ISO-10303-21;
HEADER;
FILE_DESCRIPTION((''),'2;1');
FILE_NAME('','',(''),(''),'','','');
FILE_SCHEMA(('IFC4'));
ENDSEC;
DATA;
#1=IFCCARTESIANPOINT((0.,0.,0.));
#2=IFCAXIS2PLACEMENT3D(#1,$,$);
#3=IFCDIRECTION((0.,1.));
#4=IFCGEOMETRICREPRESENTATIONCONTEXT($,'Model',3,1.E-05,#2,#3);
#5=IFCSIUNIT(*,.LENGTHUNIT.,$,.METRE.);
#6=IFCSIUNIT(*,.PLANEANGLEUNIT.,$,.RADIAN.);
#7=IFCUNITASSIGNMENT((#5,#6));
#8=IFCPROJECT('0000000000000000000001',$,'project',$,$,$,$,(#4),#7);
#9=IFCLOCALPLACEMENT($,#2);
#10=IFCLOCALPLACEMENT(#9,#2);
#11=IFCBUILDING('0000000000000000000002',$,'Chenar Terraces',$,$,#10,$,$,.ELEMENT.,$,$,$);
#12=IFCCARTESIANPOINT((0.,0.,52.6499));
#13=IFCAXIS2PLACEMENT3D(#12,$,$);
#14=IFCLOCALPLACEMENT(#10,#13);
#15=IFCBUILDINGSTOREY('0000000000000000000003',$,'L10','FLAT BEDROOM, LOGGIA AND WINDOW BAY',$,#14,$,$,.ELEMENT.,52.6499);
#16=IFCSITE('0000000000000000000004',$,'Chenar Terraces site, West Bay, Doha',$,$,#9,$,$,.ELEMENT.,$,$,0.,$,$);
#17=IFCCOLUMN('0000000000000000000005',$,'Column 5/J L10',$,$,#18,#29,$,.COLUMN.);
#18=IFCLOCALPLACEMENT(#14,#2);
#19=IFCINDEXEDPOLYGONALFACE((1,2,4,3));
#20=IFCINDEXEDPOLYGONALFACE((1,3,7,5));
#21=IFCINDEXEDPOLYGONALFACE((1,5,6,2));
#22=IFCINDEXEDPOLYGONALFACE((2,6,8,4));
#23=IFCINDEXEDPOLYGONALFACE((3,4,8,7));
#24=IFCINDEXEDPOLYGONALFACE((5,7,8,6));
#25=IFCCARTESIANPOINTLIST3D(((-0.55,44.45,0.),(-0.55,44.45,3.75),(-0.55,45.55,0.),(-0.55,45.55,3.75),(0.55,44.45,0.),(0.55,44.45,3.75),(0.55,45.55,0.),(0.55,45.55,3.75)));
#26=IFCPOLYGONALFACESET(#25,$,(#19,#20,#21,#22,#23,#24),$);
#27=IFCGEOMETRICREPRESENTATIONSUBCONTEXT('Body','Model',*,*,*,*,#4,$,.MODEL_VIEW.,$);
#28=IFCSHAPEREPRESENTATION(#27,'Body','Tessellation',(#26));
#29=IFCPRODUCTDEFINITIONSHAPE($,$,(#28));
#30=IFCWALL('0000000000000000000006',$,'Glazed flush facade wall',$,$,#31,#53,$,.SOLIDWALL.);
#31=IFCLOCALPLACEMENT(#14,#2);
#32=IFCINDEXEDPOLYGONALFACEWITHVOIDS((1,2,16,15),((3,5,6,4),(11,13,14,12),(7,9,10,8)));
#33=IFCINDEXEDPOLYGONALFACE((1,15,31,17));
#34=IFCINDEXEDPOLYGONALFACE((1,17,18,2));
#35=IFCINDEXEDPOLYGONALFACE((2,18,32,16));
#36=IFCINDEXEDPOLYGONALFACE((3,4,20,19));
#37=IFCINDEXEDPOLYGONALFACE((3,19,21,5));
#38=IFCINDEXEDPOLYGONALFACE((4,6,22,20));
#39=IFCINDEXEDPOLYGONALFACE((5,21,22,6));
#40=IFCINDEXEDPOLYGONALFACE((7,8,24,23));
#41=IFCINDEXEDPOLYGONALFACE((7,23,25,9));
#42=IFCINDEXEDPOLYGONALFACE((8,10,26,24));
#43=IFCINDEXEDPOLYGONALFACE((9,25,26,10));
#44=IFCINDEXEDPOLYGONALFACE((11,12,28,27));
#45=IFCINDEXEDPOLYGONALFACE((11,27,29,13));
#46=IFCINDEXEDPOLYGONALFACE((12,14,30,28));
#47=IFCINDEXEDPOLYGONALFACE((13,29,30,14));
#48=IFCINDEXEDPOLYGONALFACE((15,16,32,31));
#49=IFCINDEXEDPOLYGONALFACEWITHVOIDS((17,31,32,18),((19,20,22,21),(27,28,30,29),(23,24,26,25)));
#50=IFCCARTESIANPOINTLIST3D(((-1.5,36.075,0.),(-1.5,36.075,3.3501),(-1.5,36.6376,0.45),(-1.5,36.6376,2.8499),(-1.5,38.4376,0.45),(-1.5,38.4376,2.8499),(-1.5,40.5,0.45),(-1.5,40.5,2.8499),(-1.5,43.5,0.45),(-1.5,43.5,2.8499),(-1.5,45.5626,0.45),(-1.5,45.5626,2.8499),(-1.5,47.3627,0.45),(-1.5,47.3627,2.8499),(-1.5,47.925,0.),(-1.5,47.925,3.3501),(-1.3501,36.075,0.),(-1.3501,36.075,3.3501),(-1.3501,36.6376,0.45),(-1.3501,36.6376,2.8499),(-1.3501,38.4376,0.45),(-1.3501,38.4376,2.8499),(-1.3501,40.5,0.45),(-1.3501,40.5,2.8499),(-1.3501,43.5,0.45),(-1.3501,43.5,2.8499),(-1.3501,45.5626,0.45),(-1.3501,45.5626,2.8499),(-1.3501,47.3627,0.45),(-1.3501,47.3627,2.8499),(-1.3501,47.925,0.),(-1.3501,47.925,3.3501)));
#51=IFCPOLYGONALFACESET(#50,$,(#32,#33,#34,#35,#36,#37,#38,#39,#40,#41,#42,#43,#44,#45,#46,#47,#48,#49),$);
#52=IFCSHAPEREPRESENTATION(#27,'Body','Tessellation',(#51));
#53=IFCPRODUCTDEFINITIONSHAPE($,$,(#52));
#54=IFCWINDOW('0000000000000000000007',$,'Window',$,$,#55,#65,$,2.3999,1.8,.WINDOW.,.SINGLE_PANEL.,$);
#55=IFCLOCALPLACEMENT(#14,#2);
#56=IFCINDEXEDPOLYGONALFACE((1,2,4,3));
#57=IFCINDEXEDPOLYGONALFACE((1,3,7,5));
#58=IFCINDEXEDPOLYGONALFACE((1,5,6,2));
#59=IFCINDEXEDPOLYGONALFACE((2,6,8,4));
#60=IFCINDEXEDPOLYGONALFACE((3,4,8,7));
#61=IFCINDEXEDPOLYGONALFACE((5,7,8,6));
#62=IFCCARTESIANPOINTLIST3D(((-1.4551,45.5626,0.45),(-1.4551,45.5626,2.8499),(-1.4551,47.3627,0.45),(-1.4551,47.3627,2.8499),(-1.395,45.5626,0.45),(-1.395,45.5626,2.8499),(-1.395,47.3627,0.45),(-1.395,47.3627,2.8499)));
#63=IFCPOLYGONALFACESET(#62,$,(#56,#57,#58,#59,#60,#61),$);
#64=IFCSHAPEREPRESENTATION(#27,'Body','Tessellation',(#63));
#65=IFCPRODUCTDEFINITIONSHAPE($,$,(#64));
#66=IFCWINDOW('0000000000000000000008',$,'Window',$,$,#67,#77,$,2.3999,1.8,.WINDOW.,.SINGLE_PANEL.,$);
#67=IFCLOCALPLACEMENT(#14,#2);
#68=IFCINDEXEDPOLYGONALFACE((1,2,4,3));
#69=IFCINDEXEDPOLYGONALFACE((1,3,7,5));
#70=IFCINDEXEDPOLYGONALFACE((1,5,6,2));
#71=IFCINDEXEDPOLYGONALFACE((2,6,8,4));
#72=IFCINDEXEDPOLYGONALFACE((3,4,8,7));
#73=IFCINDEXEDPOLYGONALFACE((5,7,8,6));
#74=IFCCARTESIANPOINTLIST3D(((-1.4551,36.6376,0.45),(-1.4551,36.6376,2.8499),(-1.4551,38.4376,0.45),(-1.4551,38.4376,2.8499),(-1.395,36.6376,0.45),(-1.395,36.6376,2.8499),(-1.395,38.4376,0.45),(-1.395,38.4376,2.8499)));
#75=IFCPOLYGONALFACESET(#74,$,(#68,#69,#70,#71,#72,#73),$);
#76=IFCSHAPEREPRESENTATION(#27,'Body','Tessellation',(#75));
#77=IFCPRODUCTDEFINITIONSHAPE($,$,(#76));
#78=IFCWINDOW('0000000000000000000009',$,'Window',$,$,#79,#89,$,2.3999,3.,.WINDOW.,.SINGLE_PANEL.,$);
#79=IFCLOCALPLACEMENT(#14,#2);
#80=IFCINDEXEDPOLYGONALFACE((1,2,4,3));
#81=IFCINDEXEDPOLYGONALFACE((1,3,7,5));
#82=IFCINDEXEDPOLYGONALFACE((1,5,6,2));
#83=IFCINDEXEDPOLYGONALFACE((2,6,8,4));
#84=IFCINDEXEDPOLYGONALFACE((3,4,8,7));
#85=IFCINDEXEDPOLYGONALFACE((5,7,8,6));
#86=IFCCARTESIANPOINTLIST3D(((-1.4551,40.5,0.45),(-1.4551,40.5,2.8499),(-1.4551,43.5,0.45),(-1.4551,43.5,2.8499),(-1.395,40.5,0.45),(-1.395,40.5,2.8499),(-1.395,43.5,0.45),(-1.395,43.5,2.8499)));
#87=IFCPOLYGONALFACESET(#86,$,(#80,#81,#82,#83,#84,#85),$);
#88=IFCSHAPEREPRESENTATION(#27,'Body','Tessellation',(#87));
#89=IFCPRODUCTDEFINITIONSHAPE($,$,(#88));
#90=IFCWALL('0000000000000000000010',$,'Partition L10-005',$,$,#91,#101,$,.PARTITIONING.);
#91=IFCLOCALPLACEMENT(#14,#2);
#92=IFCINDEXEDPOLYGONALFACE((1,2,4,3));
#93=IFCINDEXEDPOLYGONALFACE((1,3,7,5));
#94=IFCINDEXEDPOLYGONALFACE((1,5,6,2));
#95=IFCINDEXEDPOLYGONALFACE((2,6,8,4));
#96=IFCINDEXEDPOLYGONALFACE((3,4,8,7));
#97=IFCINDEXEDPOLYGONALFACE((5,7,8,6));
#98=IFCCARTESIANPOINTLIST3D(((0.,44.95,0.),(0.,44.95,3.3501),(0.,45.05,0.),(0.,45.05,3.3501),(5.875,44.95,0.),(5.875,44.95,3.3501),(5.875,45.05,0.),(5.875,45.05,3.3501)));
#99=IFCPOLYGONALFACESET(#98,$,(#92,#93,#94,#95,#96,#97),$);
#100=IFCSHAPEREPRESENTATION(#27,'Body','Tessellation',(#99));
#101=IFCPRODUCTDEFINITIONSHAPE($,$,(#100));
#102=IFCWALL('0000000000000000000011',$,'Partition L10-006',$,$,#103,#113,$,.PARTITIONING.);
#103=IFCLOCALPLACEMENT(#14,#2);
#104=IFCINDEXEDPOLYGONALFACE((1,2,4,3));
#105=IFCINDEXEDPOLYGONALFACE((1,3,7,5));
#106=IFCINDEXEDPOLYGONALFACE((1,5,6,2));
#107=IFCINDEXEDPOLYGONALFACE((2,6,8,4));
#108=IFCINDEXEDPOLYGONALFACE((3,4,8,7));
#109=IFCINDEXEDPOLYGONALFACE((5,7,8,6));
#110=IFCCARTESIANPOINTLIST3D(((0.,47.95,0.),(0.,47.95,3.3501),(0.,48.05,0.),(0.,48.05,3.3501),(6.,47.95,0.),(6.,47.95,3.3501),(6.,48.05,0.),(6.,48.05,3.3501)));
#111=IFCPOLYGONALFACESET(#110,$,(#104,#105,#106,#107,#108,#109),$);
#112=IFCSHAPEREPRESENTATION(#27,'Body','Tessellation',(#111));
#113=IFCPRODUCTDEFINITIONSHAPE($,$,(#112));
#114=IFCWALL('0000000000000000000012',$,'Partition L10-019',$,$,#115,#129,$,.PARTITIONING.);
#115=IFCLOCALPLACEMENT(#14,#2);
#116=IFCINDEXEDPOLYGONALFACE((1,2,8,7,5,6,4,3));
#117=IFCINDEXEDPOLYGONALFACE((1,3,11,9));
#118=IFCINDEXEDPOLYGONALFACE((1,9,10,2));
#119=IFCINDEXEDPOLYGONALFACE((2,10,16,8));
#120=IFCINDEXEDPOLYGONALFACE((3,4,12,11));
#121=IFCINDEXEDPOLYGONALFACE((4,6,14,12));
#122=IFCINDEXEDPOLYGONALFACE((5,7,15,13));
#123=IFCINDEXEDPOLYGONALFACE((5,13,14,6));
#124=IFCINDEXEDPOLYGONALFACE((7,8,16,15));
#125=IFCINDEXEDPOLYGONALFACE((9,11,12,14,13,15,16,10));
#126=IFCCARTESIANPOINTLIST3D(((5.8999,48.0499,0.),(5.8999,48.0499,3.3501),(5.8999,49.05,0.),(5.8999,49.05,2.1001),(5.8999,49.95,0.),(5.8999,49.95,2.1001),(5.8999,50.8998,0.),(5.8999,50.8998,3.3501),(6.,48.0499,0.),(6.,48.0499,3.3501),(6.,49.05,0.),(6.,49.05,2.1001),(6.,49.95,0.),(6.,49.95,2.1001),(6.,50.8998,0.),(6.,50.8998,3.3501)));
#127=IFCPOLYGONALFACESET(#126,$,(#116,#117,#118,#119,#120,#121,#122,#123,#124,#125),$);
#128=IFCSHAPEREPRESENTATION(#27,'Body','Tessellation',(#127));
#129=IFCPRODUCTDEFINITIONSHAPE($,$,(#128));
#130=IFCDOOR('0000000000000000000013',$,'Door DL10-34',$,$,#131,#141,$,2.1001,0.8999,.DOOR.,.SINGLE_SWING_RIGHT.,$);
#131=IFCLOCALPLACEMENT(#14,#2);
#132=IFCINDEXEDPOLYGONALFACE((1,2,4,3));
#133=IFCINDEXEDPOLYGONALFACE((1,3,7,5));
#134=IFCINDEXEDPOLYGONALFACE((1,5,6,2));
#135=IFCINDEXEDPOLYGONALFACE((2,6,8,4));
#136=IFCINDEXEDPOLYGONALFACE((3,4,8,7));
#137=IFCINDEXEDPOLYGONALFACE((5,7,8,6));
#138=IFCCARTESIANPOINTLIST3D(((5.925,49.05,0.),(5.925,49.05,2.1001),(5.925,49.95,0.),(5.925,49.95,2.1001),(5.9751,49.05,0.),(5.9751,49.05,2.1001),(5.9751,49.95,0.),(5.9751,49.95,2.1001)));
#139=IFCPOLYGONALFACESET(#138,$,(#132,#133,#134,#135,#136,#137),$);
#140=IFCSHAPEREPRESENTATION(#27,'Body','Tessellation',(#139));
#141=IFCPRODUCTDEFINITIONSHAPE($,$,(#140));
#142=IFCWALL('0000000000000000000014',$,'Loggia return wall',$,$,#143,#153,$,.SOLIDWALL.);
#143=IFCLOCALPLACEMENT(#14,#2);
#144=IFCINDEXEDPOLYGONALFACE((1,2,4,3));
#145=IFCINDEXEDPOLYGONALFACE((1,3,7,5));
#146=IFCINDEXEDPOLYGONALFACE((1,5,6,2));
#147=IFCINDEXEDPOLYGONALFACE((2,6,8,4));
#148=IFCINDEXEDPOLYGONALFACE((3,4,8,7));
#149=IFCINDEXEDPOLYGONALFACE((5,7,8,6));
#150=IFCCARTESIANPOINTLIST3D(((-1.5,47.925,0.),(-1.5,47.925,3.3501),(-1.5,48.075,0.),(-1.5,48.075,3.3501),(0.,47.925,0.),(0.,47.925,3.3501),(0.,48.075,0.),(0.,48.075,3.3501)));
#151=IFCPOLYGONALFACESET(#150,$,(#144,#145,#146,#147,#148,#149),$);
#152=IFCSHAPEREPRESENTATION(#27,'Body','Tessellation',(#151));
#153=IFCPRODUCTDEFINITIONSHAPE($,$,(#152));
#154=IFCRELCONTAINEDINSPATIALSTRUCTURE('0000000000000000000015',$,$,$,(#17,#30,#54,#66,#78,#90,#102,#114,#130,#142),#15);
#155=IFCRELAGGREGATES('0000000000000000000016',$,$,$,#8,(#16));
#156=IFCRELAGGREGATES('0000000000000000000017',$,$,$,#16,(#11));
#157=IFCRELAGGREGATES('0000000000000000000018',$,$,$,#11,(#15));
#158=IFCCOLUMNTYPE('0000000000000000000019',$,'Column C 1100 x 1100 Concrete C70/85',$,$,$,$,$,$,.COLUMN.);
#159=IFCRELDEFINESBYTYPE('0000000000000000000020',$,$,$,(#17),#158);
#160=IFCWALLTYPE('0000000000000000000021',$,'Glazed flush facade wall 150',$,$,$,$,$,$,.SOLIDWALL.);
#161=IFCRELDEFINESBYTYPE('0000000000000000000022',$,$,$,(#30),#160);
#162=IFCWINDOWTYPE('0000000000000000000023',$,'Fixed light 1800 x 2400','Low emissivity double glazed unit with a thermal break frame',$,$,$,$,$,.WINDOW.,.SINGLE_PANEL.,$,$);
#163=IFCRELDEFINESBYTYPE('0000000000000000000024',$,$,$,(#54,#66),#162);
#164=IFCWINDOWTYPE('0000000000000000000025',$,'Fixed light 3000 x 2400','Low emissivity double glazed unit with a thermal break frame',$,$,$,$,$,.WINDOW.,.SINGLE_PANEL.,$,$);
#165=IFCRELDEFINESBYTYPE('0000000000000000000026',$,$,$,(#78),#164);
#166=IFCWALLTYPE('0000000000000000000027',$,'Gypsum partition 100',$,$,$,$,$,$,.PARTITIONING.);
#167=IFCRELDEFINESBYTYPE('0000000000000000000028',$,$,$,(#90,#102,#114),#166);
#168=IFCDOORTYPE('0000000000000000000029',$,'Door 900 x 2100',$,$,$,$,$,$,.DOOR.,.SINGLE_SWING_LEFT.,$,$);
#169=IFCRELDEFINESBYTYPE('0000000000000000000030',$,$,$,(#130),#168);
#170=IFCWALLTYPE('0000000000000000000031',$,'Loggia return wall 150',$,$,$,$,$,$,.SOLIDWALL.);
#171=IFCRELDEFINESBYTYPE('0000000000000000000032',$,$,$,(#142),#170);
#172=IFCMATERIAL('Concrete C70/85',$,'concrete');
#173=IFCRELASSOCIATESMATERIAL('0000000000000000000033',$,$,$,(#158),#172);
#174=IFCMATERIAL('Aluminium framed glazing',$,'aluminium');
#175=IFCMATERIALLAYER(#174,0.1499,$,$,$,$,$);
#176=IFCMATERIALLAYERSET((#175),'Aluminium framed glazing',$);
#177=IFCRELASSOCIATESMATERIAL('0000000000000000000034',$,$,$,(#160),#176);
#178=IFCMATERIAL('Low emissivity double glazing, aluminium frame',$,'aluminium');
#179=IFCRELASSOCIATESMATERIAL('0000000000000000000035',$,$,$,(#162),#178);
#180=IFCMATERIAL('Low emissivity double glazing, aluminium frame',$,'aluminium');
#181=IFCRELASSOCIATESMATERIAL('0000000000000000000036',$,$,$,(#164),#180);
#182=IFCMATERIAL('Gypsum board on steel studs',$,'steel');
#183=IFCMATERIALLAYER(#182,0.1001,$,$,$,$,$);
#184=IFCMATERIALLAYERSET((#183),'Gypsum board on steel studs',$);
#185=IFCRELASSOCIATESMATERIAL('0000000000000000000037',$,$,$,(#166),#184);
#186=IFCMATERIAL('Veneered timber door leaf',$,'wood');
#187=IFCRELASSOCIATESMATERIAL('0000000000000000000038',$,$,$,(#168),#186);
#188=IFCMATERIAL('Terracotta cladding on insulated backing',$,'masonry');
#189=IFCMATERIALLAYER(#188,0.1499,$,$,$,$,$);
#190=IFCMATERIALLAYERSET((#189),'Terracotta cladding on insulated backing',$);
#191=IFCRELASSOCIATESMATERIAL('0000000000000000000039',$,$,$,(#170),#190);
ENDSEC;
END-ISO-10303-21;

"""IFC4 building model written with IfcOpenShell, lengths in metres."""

from ifc_helpers import new_model, si_unit, direction, frame, frame_2d, origin, origin_2d, place, context, subcontext, project, spatial, rectangle, extrude, material, layer, layer_set, material_profile, profile_set, type_object, element, fill, save


model = new_model("IFC4")

# Units and contexts
model_context = context("Model", 3, precision=1e-05, world=origin(), true_north=direction((0.0, 1.0)))
body_context = subcontext(model_context, "Body", "Model", "MODEL_VIEW")
ifc_project = project(units=[si_unit("LENGTHUNIT", "METRE"), si_unit("PLANEANGLEUNIT", "RADIAN")], contexts=[model_context])

# Site, building, storey
site_placement = place(None, origin())
site = spatial("IfcSite", under=ifc_project, at=site_placement, Name="Chenar Terraces site, West Bay, Doha", CompositionType="ELEMENT", RefElevation=0.0)
building_placement = place(site_placement, origin())
building = spatial("IfcBuilding", under=site, at=building_placement, Name="Chenar Terraces", CompositionType="ELEMENT")
storey_placement = place(building_placement, frame((0.0, 0.0, 52.6499)))
storey = spatial("IfcBuildingStorey", under=building, at=storey_placement, Name="L10", Description="FLAT BEDROOM, LOGGIA AND WINDOW BAY", CompositionType="ELEMENT", Elevation=52.6499)

# Column
ifc_material_1 = material(Name="Concrete C70/85", Category="concrete")
ifc_material_profile = material_profile(ifc_material_1, rectangle(XDim=1.1001, YDim=1.1001, at=origin_2d()), Name="C 1100 x 1100")
ifc_profile_set = profile_set([ifc_material_profile], Name="Concrete C70/85")
column_type = type_object("IfcColumnType", Name="Column C 1100 x 1100 Concrete C70/85", PredefinedType="COLUMN", material=ifc_profile_set)
placement = place(storey_placement, frame((0.0, 45.0, 0.0), z_axis=(0.0, 0.0, 1.0), x_axis=(1.0, 0.0, 0.0)))
element("IfcColumn", 1, at=placement, inside=storey, type_object=column_type, Name="Column 5/J L10", PredefinedType="COLUMN", context=body_context, shape_type="SweptSolid", body=[
    extrude(rectangle(XDim=1.1001, YDim=1.1001, at=origin_2d()), origin(), (0.0, 0.0, 1.0), 3.75),
])

# Wall, openings, windows
ifc_material_2 = material(Name="Aluminium framed glazing", Category="aluminium")
ifc_layer_1 = layer(ifc_material_2, 0.1499)
ifc_layer_set_1 = layer_set([ifc_layer_1], Name="Aluminium framed glazing")
wall_type_1 = type_object("IfcWallType", Name="Glazed flush facade wall 150", PredefinedType="SOLIDWALL", material=ifc_layer_set_1)
wall_1_placement = place(storey_placement, frame((-1.425, 47.925, 0.0), z_axis=(0.0, 0.0, 1.0), x_axis=(0.0, -1.0, 0.0)))
wall_1 = element("IfcWall", 2, at=wall_1_placement, inside=storey, type_object=wall_type_1, Name="Glazed flush facade wall", PredefinedType="SOLIDWALL", context=body_context, shape_type="SweptSolid", body=[
    extrude(rectangle(XDim=11.8501, YDim=0.1499, at=frame_2d((5.925, 0.0))), origin(), (0.0, 0.0, 1.0), 3.3501),
])
opening_1_placement = place(wall_1_placement, frame((0.5625, 0.0, 0.45)))
opening_1 = element("IfcOpeningElement", 3, at=opening_1_placement, cuts=wall_1, PredefinedType="OPENING", context=body_context, shape_type="SweptSolid", body=[
    extrude(rectangle(XDim=1.8, YDim=2.3999, at=frame_2d((0.8999, 1.2))), frame((0.0, 0.085, 0.0), z_axis=(0.0, -1.0, 0.0), x_axis=(1.0, 0.0, 0.0)), (0.0, 0.0, 1.0), 0.1699),
])
opening_2_placement = place(wall_1_placement, frame((4.425, 0.0, 0.45)))
opening_2 = element("IfcOpeningElement", 4, at=opening_2_placement, cuts=wall_1, PredefinedType="OPENING", context=body_context, shape_type="SweptSolid", body=[
    extrude(rectangle(XDim=3.0, YDim=2.3999, at=frame_2d((1.5, 1.2))), frame((0.0, 0.085, 0.0), z_axis=(0.0, -1.0, 0.0), x_axis=(1.0, 0.0, 0.0)), (0.0, 0.0, 1.0), 0.1699),
])
opening_3_placement = place(wall_1_placement, frame((9.4875, 0.0, 0.45)))
opening_3 = element("IfcOpeningElement", 5, at=opening_3_placement, cuts=wall_1, PredefinedType="OPENING", context=body_context, shape_type="SweptSolid", body=[
    extrude(rectangle(XDim=1.8, YDim=2.3999, at=frame_2d((0.8999, 1.2))), frame((0.0, 0.085, 0.0), z_axis=(0.0, -1.0, 0.0), x_axis=(1.0, 0.0, 0.0)), (0.0, 0.0, 1.0), 0.1699),
])
ifc_material_3 = material(Name="Low emissivity double glazing, aluminium frame", Category="aluminium")
window_type_1 = type_object("IfcWindowType", Name="Fixed light 1800 x 2400", Description="Low emissivity double glazed unit with a thermal break frame", PartitioningType="SINGLE_PANEL", PredefinedType="WINDOW", material=ifc_material_3)
window_1_placement = place(opening_1_placement, origin())
window_1 = element("IfcWindow", 6, at=window_1_placement, inside=storey, type_object=window_type_1, Name="Window", OverallHeight=2.3999, OverallWidth=1.8, PartitioningType="SINGLE_PANEL", PredefinedType="WINDOW", context=body_context, shape_type="SweptSolid", body=[
    extrude(rectangle(XDim=1.8, YDim=2.3999, at=frame_2d((0.8999, 1.2))), frame((0.0, 0.03, 0.0), z_axis=(0.0, -1.0, 0.0), x_axis=(1.0, 0.0, 0.0)), (0.0, 0.0, 1.0), 0.0601),
])
fill(opening_1, window_1)
window_2_placement = place(opening_3_placement, origin())
window_2 = element("IfcWindow", 7, at=window_2_placement, inside=storey, type_object=window_type_1, Name="Window", OverallHeight=2.3999, OverallWidth=1.8, PartitioningType="SINGLE_PANEL", PredefinedType="WINDOW", context=body_context, shape_type="SweptSolid", body=[
    extrude(rectangle(XDim=1.8, YDim=2.3999, at=frame_2d((0.8999, 1.2))), frame((0.0, 0.03, 0.0), z_axis=(0.0, -1.0, 0.0), x_axis=(1.0, 0.0, 0.0)), (0.0, 0.0, 1.0), 0.0601),
])
fill(opening_3, window_2)
ifc_material_4 = material(Name="Low emissivity double glazing, aluminium frame", Category="aluminium")
window_type_2 = type_object("IfcWindowType", Name="Fixed light 3000 x 2400", Description="Low emissivity double glazed unit with a thermal break frame", PartitioningType="SINGLE_PANEL", PredefinedType="WINDOW", material=ifc_material_4)
window_3_placement = place(opening_2_placement, origin())
window_3 = element("IfcWindow", 8, at=window_3_placement, inside=storey, type_object=window_type_2, Name="Window", OverallHeight=2.3999, OverallWidth=3.0, PartitioningType="SINGLE_PANEL", PredefinedType="WINDOW", context=body_context, shape_type="SweptSolid", body=[
    extrude(rectangle(XDim=3.0, YDim=2.3999, at=frame_2d((1.5, 1.2))), frame((0.0, 0.03, 0.0), z_axis=(0.0, -1.0, 0.0), x_axis=(1.0, 0.0, 0.0)), (0.0, 0.0, 1.0), 0.0601),
])
fill(opening_2, window_3)

# Walls
ifc_material_5 = material(Name="Gypsum board on steel studs", Category="steel")
ifc_layer_2 = layer(ifc_material_5, 0.1001)
ifc_layer_set_2 = layer_set([ifc_layer_2], Name="Gypsum board on steel studs")
wall_type_2 = type_object("IfcWallType", Name="Gypsum partition 100", PredefinedType="PARTITIONING", material=ifc_layer_set_2)
element("IfcWall", 9, at=placement, inside=storey, type_object=wall_type_2, Name="Partition L10-005", PredefinedType="PARTITIONING", context=body_context, shape_type="SweptSolid", body=[
    extrude(rectangle(XDim=5.875, YDim=0.1001, at=frame_2d((2.9375, 0.0))), origin(), (0.0, 0.0, 1.0), 3.3501),
])
wall_2_placement = place(storey_placement, frame((0.0, 48.0, 0.0), z_axis=(0.0, 0.0, 1.0), x_axis=(1.0, 0.0, 0.0)))
element("IfcWall", 10, at=wall_2_placement, inside=storey, type_object=wall_type_2, Name="Partition L10-006", PredefinedType="PARTITIONING", context=body_context, shape_type="SweptSolid", body=[
    extrude(rectangle(XDim=6.0, YDim=0.1001, at=frame_2d((3.0, 0.0))), origin(), (0.0, 0.0, 1.0), 3.3501),
])

# Wall, opening, door
wall_3_placement = place(storey_placement, frame((5.95, 48.05, 0.0), z_axis=(0.0, 0.0, 1.0), x_axis=(0.0, 1.0, 0.0)))
wall_3 = element("IfcWall", 11, at=wall_3_placement, inside=storey, type_object=wall_type_2, Name="Partition L10-019", PredefinedType="PARTITIONING", context=body_context, shape_type="SweptSolid", body=[
    extrude(rectangle(XDim=2.8499, YDim=0.1001, at=frame_2d((1.4248, 0.0))), origin(), (0.0, 0.0, 1.0), 3.3501),
])
opening_4_placement = place(wall_3_placement, frame((1.0, 0.0, 0.0)))
opening_4 = element("IfcOpeningElement", 12, at=opening_4_placement, cuts=wall_3, PredefinedType="OPENING", context=body_context, shape_type="SweptSolid", body=[
    extrude(rectangle(XDim=0.8999, YDim=2.1001, at=frame_2d((0.45, 1.05))), frame((0.0, 0.0601, 0.0), z_axis=(0.0, -1.0, 0.0), x_axis=(1.0, 0.0, 0.0)), (0.0, 0.0, 1.0), 0.1201),
])
ifc_material_6 = material(Name="Veneered timber door leaf", Category="wood")
door_type_1 = type_object("IfcDoorType", Name="Door 900 x 2100", OperationType="SINGLE_SWING_LEFT", PredefinedType="DOOR", material=ifc_material_6)
door_1_placement = place(opening_4_placement, origin())
door_1 = element("IfcDoor", 13, at=door_1_placement, inside=storey, type_object=door_type_1, Name="Door DL10-34", OperationType="SINGLE_SWING_RIGHT", OverallHeight=2.1001, OverallWidth=0.8999, PredefinedType="DOOR", context=body_context, shape_type="SweptSolid", body=[
    extrude(rectangle(XDim=0.8999, YDim=2.1001, at=frame_2d((0.45, 1.05))), frame((0.0, 0.0249, 0.0), z_axis=(0.0, -1.0, 0.0), x_axis=(1.0, 0.0, 0.0)), (0.0, 0.0, 1.0), 0.05),
])
fill(opening_4, door_1)

# Wall
ifc_material_7 = material(Name="Terracotta cladding on insulated backing", Category="masonry")
ifc_layer_3 = layer(ifc_material_7, 0.1499)
ifc_layer_set_3 = layer_set([ifc_layer_3], Name="Terracotta cladding on insulated backing")
wall_type_3 = type_object("IfcWallType", Name="Loggia return wall 150", PredefinedType="SOLIDWALL", material=ifc_layer_set_3)
wall_4_placement = place(storey_placement, frame((-1.5, 48.0, 0.0), z_axis=(0.0, 0.0, 1.0), x_axis=(1.0, 0.0, 0.0)))
element("IfcWall", 14, at=wall_4_placement, inside=storey, type_object=wall_type_3, Name="Loggia return wall", PredefinedType="SOLIDWALL", context=body_context, shape_type="SweptSolid", body=[
    extrude(rectangle(XDim=1.5, YDim=0.1499, at=frame_2d((0.75, 0.0))), origin(), (0.0, 0.0, 1.0), 3.3501),
])

save(model, "model.ifc")
